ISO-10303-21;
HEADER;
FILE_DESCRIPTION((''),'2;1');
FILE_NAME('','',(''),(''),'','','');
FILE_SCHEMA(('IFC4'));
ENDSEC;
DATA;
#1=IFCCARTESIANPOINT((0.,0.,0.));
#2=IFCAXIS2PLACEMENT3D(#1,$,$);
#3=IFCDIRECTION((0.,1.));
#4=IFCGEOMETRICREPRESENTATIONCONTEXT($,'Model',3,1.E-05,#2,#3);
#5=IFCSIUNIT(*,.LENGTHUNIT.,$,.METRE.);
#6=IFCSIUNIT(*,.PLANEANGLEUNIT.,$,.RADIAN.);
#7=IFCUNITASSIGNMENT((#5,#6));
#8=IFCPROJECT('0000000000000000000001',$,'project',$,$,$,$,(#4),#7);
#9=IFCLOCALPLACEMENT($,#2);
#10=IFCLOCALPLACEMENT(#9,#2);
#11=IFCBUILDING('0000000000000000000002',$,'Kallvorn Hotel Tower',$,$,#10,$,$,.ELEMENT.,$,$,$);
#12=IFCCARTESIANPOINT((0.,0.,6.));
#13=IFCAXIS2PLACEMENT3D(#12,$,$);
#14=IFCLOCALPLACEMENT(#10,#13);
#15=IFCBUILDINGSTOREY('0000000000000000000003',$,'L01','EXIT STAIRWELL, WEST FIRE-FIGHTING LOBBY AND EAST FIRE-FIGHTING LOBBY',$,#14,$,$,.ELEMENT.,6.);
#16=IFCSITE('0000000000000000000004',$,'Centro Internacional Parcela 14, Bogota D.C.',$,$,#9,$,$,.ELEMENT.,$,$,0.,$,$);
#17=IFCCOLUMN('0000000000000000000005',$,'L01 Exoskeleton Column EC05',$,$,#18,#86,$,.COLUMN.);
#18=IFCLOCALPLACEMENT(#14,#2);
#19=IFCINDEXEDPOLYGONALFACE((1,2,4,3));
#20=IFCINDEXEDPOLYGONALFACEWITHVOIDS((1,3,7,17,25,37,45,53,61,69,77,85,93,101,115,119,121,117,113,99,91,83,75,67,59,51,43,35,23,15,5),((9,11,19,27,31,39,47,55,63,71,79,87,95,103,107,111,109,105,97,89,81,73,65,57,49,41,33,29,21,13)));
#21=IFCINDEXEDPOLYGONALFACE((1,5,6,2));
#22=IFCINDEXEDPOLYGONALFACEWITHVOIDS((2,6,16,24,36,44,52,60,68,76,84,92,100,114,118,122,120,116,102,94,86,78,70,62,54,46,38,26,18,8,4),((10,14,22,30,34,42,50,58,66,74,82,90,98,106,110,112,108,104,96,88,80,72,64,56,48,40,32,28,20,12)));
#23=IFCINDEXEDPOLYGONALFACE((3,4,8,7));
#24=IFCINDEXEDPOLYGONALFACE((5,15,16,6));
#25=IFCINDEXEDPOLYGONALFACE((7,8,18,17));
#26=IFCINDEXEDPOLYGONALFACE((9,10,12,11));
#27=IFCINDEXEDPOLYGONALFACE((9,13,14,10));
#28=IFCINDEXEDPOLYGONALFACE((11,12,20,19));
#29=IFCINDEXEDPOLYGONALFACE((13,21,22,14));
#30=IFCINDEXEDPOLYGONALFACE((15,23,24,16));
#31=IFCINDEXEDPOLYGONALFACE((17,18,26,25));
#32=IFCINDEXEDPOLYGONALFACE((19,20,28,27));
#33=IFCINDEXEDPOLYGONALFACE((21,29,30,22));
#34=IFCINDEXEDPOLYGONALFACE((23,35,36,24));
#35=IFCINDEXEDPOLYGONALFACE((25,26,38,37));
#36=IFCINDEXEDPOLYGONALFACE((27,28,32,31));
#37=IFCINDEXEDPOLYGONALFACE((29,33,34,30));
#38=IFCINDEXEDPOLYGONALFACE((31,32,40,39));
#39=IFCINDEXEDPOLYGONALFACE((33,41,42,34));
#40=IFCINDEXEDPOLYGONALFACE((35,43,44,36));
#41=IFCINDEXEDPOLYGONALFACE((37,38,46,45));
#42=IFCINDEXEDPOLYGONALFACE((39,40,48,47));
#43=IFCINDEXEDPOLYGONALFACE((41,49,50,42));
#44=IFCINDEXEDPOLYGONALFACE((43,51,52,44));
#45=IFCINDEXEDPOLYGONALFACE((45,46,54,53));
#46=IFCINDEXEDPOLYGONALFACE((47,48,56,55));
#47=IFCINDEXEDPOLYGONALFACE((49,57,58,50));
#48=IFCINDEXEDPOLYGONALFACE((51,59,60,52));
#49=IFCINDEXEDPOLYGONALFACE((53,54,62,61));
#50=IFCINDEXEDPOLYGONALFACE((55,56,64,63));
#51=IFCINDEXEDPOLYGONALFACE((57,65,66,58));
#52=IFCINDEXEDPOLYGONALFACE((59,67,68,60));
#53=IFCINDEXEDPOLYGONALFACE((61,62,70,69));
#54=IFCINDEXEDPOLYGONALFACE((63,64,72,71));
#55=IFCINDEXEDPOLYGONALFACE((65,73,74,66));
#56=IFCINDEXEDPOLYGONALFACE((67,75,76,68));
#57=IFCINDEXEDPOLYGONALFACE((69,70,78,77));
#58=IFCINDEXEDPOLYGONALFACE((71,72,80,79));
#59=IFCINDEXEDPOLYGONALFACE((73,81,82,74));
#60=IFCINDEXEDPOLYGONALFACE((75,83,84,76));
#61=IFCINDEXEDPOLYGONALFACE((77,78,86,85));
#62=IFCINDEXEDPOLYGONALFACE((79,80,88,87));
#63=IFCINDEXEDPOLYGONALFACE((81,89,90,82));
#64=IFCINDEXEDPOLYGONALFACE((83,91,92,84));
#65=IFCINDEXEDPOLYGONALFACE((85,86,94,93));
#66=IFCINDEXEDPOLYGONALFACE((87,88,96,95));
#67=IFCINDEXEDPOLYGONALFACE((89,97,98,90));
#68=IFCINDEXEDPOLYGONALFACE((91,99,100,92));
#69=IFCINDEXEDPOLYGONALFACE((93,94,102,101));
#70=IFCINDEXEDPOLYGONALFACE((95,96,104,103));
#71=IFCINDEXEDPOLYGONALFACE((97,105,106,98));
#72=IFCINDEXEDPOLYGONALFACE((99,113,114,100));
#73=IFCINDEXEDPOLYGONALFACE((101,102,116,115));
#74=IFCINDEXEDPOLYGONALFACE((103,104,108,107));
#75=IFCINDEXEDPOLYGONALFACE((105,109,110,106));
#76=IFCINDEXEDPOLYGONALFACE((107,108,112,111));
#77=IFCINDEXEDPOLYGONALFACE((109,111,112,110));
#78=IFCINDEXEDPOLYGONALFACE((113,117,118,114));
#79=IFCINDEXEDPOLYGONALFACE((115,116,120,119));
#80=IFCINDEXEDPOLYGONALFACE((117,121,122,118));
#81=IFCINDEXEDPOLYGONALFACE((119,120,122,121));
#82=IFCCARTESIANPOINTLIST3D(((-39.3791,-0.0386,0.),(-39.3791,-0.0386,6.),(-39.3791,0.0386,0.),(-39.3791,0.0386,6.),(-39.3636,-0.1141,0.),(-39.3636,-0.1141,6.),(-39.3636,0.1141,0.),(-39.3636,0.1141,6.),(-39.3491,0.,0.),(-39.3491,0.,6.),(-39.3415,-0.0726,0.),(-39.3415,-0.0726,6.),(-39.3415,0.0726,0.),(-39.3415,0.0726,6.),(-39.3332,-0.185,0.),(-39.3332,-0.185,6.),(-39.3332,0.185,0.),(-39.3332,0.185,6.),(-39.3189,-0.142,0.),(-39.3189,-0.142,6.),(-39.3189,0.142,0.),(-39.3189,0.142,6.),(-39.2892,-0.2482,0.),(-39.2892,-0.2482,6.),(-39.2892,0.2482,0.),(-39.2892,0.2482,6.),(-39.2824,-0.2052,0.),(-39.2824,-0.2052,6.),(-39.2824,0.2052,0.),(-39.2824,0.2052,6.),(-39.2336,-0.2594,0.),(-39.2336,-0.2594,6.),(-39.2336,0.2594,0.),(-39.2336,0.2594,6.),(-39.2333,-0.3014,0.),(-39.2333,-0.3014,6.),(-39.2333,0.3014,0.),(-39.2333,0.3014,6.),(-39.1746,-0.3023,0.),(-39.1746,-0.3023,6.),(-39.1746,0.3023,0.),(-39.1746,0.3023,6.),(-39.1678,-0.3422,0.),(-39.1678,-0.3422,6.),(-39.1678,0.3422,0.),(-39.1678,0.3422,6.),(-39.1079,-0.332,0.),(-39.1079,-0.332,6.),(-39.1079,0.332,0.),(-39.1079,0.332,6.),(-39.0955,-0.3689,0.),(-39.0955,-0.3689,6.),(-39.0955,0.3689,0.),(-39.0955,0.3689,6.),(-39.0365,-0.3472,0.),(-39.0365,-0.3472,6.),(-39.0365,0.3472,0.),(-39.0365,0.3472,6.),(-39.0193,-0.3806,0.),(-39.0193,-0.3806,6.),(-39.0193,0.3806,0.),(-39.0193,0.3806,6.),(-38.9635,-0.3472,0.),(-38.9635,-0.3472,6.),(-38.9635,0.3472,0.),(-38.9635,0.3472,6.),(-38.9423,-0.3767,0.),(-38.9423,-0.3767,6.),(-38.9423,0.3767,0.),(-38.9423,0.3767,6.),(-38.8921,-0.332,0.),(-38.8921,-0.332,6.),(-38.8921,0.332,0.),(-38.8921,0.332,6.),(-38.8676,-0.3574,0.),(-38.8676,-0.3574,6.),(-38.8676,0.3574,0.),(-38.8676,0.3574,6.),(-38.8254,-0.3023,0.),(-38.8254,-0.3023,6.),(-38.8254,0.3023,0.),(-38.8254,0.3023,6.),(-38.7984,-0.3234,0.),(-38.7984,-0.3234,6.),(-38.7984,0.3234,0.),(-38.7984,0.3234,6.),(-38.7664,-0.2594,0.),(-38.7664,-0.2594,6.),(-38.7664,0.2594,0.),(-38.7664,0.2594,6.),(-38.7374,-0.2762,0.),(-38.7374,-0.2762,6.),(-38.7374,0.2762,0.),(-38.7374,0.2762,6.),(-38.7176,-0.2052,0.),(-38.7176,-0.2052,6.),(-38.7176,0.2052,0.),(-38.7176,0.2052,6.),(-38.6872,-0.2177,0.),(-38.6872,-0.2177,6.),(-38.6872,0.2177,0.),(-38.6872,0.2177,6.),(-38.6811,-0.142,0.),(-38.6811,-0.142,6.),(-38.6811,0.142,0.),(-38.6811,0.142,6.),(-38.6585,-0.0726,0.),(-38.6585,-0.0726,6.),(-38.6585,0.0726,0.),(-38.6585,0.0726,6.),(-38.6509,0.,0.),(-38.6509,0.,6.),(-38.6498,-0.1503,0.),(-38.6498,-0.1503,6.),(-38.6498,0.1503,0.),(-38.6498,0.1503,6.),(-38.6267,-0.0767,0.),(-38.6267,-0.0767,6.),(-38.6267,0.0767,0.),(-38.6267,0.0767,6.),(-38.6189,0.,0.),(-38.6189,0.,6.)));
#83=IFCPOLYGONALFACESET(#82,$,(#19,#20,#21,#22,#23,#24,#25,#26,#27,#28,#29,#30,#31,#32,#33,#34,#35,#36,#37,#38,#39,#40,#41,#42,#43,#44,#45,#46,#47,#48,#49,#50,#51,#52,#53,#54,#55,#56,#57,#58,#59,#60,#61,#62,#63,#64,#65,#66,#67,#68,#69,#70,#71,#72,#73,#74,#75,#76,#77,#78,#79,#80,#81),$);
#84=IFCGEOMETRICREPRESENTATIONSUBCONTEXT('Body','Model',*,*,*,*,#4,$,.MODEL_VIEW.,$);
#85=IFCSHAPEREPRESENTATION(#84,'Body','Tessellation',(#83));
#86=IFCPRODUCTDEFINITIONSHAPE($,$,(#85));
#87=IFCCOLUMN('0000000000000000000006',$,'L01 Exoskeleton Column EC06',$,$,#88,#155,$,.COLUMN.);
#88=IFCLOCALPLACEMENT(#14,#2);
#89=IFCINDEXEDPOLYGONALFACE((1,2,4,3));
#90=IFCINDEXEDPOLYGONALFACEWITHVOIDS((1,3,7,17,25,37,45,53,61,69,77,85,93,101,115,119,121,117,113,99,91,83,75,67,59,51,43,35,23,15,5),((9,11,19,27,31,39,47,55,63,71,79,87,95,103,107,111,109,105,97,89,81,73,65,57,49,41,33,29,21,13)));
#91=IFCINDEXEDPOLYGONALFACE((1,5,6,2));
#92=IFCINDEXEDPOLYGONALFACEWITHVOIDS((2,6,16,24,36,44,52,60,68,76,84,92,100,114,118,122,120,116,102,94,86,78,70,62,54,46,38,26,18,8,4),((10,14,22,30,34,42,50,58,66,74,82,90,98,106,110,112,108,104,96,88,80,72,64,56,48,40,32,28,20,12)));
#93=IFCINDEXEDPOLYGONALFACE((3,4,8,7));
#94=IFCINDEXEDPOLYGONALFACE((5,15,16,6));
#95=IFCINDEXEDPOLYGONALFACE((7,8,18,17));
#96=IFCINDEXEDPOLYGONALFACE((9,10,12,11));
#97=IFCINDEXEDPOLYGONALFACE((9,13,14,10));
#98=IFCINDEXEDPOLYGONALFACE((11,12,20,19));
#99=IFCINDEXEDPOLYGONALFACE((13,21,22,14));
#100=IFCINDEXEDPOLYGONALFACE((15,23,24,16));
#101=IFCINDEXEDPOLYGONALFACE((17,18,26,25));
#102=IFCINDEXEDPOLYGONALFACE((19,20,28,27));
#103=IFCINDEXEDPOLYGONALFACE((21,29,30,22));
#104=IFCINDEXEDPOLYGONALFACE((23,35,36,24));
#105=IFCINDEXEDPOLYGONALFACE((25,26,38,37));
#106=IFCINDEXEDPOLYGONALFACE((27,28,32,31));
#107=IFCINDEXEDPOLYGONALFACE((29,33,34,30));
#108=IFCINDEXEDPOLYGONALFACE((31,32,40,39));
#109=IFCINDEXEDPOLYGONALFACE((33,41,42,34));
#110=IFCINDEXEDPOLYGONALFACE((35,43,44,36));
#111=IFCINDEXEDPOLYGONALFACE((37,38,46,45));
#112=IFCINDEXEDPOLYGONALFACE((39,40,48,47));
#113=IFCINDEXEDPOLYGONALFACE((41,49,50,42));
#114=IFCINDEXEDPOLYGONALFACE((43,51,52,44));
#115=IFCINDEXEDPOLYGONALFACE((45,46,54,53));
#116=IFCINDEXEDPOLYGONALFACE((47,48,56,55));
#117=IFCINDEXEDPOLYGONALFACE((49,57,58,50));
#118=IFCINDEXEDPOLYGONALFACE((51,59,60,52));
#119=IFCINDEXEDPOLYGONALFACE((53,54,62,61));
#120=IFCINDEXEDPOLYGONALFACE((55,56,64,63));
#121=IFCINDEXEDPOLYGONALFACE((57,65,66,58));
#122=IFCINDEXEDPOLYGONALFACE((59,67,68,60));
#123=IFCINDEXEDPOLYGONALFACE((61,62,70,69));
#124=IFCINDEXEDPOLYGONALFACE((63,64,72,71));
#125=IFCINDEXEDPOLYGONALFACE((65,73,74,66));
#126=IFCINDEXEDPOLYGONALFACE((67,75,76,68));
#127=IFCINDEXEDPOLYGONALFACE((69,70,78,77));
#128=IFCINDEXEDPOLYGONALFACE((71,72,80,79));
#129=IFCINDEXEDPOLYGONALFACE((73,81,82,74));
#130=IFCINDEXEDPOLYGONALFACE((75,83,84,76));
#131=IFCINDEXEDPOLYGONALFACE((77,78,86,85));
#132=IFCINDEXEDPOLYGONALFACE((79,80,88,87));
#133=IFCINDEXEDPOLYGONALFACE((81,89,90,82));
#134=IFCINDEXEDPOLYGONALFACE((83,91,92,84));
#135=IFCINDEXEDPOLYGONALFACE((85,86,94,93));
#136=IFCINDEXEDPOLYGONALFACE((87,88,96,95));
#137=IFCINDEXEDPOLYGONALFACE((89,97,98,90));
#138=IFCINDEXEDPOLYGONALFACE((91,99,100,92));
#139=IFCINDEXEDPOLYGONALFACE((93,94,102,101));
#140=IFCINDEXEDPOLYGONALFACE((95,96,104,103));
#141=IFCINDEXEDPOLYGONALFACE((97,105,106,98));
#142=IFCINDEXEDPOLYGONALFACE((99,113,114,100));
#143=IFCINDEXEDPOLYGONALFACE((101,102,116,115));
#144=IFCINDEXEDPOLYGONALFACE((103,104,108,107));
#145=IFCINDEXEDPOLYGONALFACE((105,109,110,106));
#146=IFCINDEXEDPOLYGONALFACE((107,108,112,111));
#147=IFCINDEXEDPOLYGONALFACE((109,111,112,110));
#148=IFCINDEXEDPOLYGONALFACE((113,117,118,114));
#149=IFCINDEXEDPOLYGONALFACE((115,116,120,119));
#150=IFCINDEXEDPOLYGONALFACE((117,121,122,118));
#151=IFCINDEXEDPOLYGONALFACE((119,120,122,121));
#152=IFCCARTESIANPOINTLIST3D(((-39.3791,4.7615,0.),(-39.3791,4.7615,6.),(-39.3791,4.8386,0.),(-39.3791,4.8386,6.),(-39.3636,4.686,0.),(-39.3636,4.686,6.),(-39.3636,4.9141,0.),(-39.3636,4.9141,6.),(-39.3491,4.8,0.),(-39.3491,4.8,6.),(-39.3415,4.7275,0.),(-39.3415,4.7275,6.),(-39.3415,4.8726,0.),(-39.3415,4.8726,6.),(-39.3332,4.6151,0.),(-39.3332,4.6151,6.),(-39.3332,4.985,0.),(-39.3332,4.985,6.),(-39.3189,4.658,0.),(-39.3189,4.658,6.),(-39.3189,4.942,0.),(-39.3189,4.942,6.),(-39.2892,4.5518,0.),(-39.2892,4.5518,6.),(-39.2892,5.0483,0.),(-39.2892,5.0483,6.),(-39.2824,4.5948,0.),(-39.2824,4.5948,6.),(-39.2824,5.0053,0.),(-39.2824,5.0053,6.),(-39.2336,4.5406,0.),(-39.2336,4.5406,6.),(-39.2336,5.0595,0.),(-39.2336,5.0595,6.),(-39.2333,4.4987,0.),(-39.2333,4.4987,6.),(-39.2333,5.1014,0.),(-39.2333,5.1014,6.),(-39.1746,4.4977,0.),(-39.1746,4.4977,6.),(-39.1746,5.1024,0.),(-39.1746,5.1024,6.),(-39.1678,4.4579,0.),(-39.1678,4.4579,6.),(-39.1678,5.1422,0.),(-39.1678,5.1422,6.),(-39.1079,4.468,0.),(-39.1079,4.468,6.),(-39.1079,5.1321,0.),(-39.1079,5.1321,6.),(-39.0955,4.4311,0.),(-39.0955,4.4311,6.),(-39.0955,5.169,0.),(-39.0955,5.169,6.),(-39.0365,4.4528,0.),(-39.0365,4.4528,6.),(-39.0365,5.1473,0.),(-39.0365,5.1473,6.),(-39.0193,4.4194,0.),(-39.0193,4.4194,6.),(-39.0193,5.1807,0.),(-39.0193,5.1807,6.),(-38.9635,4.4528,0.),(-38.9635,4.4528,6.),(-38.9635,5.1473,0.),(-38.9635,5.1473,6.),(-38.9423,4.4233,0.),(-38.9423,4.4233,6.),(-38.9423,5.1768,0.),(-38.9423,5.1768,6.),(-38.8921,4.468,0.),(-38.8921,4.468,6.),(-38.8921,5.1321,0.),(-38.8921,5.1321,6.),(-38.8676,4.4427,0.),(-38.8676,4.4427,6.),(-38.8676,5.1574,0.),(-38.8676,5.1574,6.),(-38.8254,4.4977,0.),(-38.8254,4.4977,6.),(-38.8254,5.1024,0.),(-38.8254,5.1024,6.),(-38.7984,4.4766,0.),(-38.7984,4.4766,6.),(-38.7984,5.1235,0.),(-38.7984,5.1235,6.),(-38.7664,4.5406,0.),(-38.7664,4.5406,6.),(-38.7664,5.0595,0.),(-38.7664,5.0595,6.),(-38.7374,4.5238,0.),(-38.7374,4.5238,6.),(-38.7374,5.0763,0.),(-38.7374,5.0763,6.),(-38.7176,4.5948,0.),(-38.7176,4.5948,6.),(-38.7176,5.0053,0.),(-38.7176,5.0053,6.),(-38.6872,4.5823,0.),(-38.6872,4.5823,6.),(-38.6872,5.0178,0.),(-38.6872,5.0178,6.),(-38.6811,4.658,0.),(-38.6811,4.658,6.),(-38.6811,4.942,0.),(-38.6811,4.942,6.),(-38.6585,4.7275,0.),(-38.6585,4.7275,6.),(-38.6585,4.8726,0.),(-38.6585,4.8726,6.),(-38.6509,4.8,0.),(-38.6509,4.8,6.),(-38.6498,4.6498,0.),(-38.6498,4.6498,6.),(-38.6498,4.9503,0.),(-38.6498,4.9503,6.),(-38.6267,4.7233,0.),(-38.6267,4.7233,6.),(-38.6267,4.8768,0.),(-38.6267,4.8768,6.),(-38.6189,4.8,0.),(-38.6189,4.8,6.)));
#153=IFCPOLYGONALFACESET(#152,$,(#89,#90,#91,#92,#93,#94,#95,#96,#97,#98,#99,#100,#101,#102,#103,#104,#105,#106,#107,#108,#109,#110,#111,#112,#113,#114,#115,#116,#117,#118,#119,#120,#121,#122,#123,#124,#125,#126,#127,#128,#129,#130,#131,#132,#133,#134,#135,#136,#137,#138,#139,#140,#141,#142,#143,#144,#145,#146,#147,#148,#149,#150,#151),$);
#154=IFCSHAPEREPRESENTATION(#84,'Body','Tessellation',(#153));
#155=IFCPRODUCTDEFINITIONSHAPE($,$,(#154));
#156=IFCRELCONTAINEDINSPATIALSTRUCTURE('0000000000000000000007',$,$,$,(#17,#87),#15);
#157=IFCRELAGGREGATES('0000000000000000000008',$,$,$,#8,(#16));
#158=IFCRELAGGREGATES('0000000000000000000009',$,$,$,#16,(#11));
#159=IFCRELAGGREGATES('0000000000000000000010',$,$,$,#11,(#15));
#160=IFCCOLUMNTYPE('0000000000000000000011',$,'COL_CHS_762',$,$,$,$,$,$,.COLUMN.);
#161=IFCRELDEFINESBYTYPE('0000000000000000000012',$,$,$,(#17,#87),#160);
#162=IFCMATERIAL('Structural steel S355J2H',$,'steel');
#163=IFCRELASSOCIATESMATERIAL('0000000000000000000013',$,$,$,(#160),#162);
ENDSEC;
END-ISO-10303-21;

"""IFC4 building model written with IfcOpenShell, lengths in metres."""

from ifc_helpers import new_model, si_unit, direction, frame, origin, origin_2d, place, context, subcontext, project, spatial, hollow_circle, extrude, material, material_profile, profile_set, type_object, element, save


model = new_model("IFC4")

# Units and contexts
model_context = context("Model", 3, precision=1e-05, world=origin(), true_north=direction((0.0, 1.0)))
body_context = subcontext(model_context, "Body", "Model", "MODEL_VIEW")
ifc_project = project(units=[si_unit("LENGTHUNIT", "METRE"), si_unit("PLANEANGLEUNIT", "RADIAN")], contexts=[model_context])

# Site, building, storey
site_placement = place(None, origin())
site = spatial("IfcSite", under=ifc_project, at=site_placement, Name="Centro Internacional Parcela 14, Bogota D.C.", CompositionType="ELEMENT", RefElevation=0.0)
building_placement = place(site_placement, origin())
building = spatial("IfcBuilding", under=site, at=building_placement, Name="Kallvorn Hotel Tower", CompositionType="ELEMENT")
storey_placement = place(building_placement, frame((0.0, 0.0, 6.0)))
storey = spatial("IfcBuildingStorey", under=building, at=storey_placement, Name="L01", Description="EXIT STAIRWELL, WEST FIRE-FIGHTING LOBBY AND EAST FIRE-FIGHTING LOBBY", CompositionType="ELEMENT", Elevation=6.0)

# Columns
ifc_material_1 = material(Name="Structural steel S355J2H", Category="steel")
ifc_material_profile_1 = material_profile(ifc_material_1, hollow_circle(Radius=0.3811, WallThickness=0.032, at=origin_2d()), Name="CHS 762x32")
ifc_profile_set_1 = profile_set([ifc_material_profile_1], Name="Structural steel S355J2H")
column_type = type_object("IfcColumnType", Name="COL_CHS_762", PredefinedType="COLUMN", material=ifc_profile_set_1)
for number, where, z_axis, x_axis, name in (
    (1, (-39.0, 0.0, 0.0), (0.0, 0.0, 1.0), (1.0, 0.0, 0.0), "L01 Exoskeleton Column EC05"),
    (2, (-39.0, 4.8, 0.0), (0.0, 0.0, 1.0), (1.0, 0.0, 0.0), "L01 Exoskeleton Column EC06"),
):
    element("IfcColumn", number, at=place(storey_placement, frame(where, z_axis=z_axis, x_axis=x_axis)), inside=storey, type_object=column_type, Name=name, PredefinedType="COLUMN", context=body_context, shape_type="SweptSolid", body=[
        extrude(hollow_circle(Radius=0.3811, WallThickness=0.032, at=origin_2d()), origin(), (0.0, 0.0, 1.0), 6.0),
    ])

save(model, "model.ifc")
